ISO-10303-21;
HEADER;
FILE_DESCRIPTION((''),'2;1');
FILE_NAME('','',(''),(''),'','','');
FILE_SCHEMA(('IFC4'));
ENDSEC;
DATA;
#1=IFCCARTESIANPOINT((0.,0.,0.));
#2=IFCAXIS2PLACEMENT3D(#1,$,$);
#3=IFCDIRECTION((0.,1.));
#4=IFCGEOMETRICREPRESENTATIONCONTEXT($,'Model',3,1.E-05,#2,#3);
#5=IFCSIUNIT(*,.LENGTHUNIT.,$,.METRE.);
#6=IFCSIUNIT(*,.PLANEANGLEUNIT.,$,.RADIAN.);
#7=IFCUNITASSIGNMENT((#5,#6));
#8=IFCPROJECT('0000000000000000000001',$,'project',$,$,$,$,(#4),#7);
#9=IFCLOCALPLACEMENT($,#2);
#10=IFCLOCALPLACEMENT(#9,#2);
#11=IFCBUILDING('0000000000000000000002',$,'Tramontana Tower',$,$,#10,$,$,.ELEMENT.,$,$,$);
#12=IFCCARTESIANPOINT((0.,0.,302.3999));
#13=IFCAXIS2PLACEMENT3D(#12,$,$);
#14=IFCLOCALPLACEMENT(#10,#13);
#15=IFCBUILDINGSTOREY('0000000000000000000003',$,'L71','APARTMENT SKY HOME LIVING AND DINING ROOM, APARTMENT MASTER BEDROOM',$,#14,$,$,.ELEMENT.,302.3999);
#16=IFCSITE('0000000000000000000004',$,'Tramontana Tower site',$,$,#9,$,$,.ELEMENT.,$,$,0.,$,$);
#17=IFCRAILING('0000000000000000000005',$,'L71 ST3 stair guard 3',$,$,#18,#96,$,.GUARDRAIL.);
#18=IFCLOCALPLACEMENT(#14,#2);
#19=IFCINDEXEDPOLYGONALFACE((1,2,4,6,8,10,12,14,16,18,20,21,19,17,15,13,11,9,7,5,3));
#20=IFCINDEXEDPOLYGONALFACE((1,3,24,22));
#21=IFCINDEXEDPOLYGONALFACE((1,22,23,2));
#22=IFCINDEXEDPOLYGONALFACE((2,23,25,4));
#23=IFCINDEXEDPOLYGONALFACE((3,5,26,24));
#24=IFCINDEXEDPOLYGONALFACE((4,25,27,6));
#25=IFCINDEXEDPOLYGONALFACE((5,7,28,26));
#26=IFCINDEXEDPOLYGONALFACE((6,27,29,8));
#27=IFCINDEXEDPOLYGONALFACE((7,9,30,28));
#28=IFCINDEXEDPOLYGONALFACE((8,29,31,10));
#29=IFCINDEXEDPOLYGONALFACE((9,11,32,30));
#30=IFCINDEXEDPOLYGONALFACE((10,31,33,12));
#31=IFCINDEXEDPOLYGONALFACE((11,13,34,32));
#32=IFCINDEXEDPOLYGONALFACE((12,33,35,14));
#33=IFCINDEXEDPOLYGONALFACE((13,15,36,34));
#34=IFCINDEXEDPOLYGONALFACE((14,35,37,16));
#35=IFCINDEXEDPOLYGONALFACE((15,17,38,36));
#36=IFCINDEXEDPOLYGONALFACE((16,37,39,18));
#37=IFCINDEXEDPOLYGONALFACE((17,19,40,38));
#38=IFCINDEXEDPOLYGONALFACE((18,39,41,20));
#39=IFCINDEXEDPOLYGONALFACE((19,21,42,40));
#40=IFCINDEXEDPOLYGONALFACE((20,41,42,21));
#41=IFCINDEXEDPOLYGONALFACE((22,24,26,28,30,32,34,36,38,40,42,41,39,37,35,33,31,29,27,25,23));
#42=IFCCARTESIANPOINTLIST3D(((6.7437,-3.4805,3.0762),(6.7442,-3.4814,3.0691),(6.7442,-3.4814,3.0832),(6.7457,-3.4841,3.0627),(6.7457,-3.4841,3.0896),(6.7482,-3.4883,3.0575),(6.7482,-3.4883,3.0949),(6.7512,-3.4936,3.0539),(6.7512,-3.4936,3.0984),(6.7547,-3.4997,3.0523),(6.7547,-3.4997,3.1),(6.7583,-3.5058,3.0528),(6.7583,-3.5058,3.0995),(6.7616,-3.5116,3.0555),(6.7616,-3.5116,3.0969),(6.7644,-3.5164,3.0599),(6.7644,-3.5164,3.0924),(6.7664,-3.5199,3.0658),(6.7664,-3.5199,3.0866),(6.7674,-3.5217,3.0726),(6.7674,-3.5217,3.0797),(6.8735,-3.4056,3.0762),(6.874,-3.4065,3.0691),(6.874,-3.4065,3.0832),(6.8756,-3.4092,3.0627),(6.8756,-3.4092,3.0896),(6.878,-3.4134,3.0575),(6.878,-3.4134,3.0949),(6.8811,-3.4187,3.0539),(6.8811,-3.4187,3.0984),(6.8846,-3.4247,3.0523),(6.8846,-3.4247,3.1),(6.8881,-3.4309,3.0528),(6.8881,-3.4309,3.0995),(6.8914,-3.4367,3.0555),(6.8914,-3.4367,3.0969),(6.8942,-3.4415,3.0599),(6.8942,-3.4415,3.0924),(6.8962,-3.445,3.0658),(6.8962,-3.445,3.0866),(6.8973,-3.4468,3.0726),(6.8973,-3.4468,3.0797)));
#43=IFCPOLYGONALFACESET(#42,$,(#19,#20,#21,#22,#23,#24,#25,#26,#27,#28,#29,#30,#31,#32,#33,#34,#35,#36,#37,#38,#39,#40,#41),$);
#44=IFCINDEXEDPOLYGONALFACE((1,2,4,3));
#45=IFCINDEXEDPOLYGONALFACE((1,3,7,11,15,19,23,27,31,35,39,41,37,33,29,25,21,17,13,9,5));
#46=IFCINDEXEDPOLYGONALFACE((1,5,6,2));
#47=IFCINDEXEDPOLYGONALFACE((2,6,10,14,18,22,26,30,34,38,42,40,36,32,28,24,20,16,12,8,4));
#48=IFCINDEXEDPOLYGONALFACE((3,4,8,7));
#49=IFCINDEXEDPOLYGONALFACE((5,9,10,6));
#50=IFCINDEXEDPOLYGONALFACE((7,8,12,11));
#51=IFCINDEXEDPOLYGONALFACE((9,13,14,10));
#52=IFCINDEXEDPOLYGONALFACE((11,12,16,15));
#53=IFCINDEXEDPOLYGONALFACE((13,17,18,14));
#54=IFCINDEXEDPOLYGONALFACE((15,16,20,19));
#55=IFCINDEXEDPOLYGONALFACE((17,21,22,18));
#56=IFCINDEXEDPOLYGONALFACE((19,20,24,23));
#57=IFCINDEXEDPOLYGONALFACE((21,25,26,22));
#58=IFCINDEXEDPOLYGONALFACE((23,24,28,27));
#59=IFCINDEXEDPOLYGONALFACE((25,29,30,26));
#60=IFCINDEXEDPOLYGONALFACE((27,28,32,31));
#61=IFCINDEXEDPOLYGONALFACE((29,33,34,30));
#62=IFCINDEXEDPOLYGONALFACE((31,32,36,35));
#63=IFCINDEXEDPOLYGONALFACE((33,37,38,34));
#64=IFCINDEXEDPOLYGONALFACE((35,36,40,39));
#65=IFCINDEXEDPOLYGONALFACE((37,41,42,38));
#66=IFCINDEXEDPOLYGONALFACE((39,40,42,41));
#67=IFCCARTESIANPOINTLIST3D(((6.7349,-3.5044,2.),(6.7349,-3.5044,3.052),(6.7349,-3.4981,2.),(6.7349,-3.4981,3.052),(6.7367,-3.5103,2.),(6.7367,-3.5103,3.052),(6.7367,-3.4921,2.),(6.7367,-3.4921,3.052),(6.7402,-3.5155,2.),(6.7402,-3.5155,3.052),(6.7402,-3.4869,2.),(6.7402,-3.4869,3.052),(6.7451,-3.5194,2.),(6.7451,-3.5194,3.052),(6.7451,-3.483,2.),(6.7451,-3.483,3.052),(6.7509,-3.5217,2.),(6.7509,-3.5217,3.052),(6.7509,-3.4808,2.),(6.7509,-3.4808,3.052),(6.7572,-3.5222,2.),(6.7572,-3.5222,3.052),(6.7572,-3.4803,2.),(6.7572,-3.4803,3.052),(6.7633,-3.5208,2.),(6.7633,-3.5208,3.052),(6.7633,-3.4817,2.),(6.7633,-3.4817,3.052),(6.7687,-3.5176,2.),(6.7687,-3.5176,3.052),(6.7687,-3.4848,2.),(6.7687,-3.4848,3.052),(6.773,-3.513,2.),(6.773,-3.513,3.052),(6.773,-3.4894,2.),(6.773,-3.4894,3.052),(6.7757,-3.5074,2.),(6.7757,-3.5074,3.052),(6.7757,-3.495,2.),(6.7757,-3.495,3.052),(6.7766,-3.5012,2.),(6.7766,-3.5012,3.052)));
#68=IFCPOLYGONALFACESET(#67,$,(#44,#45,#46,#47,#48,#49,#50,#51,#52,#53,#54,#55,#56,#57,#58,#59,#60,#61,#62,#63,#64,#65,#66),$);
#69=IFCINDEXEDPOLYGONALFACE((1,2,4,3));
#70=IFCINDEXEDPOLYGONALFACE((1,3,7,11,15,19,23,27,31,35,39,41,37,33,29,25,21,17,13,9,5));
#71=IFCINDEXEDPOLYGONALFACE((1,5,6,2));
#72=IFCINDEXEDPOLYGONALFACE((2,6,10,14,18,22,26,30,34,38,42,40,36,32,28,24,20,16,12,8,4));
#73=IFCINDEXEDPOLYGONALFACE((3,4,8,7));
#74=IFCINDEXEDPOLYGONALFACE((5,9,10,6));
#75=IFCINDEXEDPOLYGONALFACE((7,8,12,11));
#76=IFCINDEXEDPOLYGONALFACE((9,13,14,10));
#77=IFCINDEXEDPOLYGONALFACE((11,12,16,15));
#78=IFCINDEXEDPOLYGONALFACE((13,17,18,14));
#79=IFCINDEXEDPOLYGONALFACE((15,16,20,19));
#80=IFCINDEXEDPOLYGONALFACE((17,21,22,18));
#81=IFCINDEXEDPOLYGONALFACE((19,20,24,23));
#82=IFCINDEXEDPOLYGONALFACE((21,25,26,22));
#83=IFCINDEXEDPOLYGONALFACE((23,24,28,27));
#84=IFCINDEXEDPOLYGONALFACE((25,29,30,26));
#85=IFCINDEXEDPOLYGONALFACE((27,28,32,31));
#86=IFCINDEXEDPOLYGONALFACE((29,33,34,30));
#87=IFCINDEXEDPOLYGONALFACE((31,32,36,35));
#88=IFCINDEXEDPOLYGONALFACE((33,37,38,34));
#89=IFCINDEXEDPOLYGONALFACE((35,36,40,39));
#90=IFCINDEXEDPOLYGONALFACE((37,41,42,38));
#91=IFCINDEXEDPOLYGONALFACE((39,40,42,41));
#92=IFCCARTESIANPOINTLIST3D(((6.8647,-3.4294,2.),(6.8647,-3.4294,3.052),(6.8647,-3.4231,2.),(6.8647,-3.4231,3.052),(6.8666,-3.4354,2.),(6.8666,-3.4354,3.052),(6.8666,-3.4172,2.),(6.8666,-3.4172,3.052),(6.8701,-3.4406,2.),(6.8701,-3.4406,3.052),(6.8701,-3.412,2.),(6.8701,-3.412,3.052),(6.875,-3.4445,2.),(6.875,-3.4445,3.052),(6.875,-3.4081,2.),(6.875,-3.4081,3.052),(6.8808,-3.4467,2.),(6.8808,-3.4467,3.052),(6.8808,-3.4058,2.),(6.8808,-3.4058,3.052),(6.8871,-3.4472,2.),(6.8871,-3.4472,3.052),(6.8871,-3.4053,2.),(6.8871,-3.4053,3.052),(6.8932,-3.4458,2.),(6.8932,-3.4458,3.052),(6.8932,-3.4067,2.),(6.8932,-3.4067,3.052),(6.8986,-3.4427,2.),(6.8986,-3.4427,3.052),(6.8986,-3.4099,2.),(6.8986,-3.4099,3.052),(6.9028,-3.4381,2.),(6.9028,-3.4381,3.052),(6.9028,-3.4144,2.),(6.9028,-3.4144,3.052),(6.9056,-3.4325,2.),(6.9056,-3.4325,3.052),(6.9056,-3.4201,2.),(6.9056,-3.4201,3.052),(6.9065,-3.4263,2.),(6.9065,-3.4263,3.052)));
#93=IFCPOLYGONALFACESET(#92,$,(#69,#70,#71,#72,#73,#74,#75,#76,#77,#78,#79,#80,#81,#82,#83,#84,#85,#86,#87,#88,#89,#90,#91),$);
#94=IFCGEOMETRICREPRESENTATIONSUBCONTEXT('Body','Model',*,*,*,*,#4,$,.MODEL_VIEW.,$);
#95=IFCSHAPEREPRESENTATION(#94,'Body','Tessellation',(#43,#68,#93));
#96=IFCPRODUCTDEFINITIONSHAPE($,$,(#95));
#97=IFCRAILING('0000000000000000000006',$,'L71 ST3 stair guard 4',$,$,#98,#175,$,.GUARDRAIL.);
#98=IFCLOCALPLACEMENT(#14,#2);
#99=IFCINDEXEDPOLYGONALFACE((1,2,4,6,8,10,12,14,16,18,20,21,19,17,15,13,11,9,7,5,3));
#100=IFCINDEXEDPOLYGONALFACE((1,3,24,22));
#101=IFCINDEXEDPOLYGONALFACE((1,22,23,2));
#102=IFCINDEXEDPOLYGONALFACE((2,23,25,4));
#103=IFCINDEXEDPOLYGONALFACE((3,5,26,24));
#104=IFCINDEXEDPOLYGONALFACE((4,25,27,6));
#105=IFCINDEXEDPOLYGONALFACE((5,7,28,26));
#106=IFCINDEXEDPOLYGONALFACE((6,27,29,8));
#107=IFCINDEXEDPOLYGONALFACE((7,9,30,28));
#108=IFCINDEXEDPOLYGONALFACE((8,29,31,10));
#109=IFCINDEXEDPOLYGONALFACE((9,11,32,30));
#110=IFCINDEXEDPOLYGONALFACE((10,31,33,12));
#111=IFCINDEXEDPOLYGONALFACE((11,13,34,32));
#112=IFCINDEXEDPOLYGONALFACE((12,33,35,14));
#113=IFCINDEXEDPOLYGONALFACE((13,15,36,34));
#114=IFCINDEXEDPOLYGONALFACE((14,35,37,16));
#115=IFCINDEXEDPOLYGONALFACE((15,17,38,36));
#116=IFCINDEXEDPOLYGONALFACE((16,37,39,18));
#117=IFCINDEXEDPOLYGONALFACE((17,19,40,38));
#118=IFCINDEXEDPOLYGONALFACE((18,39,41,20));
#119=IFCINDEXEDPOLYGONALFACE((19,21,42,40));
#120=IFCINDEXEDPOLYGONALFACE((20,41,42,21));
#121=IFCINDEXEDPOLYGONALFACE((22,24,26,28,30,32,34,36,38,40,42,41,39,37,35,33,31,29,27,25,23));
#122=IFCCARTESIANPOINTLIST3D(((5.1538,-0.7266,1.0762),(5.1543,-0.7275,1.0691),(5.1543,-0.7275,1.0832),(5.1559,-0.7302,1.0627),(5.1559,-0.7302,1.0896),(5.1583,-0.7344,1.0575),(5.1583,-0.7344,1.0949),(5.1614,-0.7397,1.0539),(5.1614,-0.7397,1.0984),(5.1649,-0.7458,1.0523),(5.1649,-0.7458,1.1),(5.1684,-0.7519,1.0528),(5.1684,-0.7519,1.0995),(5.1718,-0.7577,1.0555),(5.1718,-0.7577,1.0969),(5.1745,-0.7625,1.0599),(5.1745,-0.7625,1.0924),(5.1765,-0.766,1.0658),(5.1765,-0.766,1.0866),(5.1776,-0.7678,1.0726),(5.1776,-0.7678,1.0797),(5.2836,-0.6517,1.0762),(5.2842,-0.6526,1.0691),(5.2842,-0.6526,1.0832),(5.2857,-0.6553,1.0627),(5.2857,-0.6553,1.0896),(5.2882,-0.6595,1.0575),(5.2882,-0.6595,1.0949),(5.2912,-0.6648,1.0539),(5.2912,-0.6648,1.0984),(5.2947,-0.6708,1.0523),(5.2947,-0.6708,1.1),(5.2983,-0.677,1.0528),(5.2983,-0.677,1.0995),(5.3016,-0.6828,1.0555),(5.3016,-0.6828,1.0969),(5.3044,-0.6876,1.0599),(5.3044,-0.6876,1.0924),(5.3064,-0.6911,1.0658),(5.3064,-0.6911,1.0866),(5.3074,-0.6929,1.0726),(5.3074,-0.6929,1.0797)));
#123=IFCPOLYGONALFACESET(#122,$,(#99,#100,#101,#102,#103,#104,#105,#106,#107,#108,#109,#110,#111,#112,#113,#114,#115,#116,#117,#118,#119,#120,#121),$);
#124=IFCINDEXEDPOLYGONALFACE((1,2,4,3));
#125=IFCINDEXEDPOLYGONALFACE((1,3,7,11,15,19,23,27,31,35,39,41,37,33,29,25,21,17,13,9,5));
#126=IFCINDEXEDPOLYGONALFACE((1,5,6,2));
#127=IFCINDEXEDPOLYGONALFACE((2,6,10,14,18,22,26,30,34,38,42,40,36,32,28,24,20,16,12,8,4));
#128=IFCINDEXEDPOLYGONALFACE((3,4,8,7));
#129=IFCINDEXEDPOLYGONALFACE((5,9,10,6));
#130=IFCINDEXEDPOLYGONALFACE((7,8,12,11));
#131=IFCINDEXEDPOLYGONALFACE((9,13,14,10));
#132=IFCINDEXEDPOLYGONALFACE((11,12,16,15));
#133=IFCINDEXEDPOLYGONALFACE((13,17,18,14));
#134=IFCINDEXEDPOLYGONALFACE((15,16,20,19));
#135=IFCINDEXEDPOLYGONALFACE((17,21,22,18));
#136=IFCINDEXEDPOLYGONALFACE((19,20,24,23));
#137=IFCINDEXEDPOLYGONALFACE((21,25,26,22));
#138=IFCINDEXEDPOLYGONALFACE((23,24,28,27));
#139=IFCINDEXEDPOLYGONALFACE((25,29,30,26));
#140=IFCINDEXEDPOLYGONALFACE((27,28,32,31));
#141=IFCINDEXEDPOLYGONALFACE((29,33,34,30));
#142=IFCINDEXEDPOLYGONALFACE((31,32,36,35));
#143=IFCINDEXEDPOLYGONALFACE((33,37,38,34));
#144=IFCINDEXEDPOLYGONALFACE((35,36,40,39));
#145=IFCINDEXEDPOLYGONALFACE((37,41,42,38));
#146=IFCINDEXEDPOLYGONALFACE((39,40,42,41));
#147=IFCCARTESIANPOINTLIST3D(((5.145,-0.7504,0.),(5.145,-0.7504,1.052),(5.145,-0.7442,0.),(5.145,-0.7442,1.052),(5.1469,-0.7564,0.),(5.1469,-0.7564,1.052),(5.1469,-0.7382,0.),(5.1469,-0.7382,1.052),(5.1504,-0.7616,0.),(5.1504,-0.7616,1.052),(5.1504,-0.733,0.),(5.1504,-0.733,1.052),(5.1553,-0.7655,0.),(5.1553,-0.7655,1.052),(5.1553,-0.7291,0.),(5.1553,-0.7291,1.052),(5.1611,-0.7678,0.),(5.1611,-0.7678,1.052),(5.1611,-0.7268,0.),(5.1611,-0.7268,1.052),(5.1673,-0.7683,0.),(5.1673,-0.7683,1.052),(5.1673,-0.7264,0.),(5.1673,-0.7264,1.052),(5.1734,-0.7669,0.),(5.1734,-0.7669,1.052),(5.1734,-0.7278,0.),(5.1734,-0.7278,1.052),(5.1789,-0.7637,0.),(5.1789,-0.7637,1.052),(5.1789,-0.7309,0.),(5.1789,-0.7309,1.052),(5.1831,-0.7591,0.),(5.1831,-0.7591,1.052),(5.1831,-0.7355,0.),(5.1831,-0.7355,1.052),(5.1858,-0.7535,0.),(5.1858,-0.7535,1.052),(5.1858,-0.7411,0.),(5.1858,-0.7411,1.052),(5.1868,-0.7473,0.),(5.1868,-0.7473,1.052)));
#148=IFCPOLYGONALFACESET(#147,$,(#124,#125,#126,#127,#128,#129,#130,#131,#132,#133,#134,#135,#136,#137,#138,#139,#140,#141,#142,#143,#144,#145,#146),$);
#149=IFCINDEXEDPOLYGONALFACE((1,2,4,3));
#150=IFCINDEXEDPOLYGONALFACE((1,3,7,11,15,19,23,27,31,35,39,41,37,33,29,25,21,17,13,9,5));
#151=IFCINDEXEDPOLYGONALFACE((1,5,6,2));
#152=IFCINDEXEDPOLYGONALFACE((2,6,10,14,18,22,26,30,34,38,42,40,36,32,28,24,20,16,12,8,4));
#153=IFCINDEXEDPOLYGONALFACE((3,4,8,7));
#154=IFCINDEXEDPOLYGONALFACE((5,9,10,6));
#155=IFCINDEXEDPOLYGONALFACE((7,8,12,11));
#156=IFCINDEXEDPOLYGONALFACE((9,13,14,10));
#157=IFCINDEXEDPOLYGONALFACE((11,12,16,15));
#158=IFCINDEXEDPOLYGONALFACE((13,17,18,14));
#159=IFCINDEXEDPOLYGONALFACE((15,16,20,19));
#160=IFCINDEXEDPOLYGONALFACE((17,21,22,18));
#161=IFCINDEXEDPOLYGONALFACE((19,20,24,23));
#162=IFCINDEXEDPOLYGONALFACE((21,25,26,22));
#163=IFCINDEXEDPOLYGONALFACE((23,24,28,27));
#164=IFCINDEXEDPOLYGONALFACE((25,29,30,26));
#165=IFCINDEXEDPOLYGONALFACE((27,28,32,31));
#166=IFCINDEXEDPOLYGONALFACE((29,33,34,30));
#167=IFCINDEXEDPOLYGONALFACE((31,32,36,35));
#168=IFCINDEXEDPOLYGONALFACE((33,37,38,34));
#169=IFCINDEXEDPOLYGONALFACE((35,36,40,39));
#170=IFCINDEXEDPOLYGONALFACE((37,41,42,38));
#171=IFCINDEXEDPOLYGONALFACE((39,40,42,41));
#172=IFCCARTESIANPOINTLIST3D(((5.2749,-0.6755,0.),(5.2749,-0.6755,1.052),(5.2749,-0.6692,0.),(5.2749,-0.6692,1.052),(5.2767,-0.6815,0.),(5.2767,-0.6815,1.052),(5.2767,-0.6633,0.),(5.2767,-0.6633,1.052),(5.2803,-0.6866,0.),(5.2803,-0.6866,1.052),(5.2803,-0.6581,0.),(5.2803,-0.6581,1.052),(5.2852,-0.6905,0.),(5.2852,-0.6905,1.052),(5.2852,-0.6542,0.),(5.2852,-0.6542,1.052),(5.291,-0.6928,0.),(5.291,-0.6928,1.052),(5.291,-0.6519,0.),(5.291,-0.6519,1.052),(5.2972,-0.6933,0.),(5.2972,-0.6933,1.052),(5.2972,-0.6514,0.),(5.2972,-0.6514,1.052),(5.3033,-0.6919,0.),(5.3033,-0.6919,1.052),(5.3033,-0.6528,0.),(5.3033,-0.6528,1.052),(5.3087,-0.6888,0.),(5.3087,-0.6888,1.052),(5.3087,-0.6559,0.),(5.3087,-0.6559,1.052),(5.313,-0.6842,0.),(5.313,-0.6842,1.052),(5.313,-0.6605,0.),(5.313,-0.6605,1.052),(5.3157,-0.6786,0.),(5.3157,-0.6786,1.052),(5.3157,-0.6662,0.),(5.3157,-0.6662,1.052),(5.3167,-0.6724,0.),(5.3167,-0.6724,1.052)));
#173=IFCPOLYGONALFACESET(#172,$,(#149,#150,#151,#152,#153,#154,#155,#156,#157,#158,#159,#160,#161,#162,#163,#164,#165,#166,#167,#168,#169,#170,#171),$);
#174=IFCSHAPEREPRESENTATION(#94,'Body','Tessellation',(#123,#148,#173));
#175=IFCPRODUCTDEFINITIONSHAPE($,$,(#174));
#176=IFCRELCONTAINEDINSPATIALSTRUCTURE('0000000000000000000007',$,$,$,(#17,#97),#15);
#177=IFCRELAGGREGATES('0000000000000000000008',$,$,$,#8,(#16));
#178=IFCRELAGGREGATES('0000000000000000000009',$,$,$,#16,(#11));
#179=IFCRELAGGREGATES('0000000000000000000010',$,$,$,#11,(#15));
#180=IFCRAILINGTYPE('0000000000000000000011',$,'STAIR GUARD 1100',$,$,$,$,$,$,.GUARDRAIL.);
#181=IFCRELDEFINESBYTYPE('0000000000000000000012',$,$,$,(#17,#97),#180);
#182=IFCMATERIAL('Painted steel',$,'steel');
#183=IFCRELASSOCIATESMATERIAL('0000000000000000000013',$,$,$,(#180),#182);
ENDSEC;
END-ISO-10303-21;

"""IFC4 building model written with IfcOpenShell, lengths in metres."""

from ifc_helpers import new_model, si_unit, direction, frame, origin, origin_2d, place, context, subcontext, project, spatial, circle, extrude, material, type_object, element, save


model = new_model("IFC4")

# Units and contexts
model_context = context("Model", 3, precision=1e-05, world=origin(), true_north=direction((0.0, 1.0)))
body_context = subcontext(model_context, "Body", "Model", "MODEL_VIEW")
ifc_project = project(units=[si_unit("LENGTHUNIT", "METRE"), si_unit("PLANEANGLEUNIT", "RADIAN")], contexts=[model_context])

# Site, building, storey
site_placement = place(None, origin())
site = spatial("IfcSite", under=ifc_project, at=site_placement, Name="Tramontana Tower site", CompositionType="ELEMENT", RefElevation=0.0)
building_placement = place(site_placement, origin())
building = spatial("IfcBuilding", under=site, at=building_placement, Name="Tramontana Tower", CompositionType="ELEMENT")
storey_placement = place(building_placement, frame((0.0, 0.0, 302.3999)))
storey = spatial("IfcBuildingStorey", under=building, at=storey_placement, Name="L71", Description="APARTMENT SKY HOME LIVING AND DINING ROOM, APARTMENT MASTER BEDROOM", CompositionType="ELEMENT", Elevation=302.3999)

# Railings
ifc_material_1 = material(Name="Painted steel", Category="steel")
railing_type_1 = type_object("IfcRailingType", Name="STAIR GUARD 1100", PredefinedType="GUARDRAIL", material=ifc_material_1)
for number, where, name in (
    (1, (6.7556, -3.5012, 2.0), "L71 ST3 stair guard 3"),
    (2, (5.1658, -0.7473, 0.0), "L71 ST3 stair guard 4"),
):
    element("IfcRailing", number, at=place(storey_placement, frame(where)), inside=storey, type_object=railing_type_1, Name=name, PredefinedType="GUARDRAIL", context=body_context, shape_type="SweptSolid", body=[
        extrude(circle(Radius=0.0239, at=origin_2d()), frame((0.0, 0.0, 1.0762), z_axis=(0.866131, 0.499816, 0.0), x_axis=(-0.499816, 0.866131, 0.0)), (0.0, 0.0, 1.0), 0.1499),
        extrude(circle(Radius=0.021, at=origin_2d()), origin(), (0.0, 0.0, 1.0), 1.052),
        extrude(circle(Radius=0.021, at=origin_2d()), frame((0.1299, 0.075, 0.0)), (0.0, 0.0, 1.0), 1.052),
    ])

save(model, "model.ifc")
